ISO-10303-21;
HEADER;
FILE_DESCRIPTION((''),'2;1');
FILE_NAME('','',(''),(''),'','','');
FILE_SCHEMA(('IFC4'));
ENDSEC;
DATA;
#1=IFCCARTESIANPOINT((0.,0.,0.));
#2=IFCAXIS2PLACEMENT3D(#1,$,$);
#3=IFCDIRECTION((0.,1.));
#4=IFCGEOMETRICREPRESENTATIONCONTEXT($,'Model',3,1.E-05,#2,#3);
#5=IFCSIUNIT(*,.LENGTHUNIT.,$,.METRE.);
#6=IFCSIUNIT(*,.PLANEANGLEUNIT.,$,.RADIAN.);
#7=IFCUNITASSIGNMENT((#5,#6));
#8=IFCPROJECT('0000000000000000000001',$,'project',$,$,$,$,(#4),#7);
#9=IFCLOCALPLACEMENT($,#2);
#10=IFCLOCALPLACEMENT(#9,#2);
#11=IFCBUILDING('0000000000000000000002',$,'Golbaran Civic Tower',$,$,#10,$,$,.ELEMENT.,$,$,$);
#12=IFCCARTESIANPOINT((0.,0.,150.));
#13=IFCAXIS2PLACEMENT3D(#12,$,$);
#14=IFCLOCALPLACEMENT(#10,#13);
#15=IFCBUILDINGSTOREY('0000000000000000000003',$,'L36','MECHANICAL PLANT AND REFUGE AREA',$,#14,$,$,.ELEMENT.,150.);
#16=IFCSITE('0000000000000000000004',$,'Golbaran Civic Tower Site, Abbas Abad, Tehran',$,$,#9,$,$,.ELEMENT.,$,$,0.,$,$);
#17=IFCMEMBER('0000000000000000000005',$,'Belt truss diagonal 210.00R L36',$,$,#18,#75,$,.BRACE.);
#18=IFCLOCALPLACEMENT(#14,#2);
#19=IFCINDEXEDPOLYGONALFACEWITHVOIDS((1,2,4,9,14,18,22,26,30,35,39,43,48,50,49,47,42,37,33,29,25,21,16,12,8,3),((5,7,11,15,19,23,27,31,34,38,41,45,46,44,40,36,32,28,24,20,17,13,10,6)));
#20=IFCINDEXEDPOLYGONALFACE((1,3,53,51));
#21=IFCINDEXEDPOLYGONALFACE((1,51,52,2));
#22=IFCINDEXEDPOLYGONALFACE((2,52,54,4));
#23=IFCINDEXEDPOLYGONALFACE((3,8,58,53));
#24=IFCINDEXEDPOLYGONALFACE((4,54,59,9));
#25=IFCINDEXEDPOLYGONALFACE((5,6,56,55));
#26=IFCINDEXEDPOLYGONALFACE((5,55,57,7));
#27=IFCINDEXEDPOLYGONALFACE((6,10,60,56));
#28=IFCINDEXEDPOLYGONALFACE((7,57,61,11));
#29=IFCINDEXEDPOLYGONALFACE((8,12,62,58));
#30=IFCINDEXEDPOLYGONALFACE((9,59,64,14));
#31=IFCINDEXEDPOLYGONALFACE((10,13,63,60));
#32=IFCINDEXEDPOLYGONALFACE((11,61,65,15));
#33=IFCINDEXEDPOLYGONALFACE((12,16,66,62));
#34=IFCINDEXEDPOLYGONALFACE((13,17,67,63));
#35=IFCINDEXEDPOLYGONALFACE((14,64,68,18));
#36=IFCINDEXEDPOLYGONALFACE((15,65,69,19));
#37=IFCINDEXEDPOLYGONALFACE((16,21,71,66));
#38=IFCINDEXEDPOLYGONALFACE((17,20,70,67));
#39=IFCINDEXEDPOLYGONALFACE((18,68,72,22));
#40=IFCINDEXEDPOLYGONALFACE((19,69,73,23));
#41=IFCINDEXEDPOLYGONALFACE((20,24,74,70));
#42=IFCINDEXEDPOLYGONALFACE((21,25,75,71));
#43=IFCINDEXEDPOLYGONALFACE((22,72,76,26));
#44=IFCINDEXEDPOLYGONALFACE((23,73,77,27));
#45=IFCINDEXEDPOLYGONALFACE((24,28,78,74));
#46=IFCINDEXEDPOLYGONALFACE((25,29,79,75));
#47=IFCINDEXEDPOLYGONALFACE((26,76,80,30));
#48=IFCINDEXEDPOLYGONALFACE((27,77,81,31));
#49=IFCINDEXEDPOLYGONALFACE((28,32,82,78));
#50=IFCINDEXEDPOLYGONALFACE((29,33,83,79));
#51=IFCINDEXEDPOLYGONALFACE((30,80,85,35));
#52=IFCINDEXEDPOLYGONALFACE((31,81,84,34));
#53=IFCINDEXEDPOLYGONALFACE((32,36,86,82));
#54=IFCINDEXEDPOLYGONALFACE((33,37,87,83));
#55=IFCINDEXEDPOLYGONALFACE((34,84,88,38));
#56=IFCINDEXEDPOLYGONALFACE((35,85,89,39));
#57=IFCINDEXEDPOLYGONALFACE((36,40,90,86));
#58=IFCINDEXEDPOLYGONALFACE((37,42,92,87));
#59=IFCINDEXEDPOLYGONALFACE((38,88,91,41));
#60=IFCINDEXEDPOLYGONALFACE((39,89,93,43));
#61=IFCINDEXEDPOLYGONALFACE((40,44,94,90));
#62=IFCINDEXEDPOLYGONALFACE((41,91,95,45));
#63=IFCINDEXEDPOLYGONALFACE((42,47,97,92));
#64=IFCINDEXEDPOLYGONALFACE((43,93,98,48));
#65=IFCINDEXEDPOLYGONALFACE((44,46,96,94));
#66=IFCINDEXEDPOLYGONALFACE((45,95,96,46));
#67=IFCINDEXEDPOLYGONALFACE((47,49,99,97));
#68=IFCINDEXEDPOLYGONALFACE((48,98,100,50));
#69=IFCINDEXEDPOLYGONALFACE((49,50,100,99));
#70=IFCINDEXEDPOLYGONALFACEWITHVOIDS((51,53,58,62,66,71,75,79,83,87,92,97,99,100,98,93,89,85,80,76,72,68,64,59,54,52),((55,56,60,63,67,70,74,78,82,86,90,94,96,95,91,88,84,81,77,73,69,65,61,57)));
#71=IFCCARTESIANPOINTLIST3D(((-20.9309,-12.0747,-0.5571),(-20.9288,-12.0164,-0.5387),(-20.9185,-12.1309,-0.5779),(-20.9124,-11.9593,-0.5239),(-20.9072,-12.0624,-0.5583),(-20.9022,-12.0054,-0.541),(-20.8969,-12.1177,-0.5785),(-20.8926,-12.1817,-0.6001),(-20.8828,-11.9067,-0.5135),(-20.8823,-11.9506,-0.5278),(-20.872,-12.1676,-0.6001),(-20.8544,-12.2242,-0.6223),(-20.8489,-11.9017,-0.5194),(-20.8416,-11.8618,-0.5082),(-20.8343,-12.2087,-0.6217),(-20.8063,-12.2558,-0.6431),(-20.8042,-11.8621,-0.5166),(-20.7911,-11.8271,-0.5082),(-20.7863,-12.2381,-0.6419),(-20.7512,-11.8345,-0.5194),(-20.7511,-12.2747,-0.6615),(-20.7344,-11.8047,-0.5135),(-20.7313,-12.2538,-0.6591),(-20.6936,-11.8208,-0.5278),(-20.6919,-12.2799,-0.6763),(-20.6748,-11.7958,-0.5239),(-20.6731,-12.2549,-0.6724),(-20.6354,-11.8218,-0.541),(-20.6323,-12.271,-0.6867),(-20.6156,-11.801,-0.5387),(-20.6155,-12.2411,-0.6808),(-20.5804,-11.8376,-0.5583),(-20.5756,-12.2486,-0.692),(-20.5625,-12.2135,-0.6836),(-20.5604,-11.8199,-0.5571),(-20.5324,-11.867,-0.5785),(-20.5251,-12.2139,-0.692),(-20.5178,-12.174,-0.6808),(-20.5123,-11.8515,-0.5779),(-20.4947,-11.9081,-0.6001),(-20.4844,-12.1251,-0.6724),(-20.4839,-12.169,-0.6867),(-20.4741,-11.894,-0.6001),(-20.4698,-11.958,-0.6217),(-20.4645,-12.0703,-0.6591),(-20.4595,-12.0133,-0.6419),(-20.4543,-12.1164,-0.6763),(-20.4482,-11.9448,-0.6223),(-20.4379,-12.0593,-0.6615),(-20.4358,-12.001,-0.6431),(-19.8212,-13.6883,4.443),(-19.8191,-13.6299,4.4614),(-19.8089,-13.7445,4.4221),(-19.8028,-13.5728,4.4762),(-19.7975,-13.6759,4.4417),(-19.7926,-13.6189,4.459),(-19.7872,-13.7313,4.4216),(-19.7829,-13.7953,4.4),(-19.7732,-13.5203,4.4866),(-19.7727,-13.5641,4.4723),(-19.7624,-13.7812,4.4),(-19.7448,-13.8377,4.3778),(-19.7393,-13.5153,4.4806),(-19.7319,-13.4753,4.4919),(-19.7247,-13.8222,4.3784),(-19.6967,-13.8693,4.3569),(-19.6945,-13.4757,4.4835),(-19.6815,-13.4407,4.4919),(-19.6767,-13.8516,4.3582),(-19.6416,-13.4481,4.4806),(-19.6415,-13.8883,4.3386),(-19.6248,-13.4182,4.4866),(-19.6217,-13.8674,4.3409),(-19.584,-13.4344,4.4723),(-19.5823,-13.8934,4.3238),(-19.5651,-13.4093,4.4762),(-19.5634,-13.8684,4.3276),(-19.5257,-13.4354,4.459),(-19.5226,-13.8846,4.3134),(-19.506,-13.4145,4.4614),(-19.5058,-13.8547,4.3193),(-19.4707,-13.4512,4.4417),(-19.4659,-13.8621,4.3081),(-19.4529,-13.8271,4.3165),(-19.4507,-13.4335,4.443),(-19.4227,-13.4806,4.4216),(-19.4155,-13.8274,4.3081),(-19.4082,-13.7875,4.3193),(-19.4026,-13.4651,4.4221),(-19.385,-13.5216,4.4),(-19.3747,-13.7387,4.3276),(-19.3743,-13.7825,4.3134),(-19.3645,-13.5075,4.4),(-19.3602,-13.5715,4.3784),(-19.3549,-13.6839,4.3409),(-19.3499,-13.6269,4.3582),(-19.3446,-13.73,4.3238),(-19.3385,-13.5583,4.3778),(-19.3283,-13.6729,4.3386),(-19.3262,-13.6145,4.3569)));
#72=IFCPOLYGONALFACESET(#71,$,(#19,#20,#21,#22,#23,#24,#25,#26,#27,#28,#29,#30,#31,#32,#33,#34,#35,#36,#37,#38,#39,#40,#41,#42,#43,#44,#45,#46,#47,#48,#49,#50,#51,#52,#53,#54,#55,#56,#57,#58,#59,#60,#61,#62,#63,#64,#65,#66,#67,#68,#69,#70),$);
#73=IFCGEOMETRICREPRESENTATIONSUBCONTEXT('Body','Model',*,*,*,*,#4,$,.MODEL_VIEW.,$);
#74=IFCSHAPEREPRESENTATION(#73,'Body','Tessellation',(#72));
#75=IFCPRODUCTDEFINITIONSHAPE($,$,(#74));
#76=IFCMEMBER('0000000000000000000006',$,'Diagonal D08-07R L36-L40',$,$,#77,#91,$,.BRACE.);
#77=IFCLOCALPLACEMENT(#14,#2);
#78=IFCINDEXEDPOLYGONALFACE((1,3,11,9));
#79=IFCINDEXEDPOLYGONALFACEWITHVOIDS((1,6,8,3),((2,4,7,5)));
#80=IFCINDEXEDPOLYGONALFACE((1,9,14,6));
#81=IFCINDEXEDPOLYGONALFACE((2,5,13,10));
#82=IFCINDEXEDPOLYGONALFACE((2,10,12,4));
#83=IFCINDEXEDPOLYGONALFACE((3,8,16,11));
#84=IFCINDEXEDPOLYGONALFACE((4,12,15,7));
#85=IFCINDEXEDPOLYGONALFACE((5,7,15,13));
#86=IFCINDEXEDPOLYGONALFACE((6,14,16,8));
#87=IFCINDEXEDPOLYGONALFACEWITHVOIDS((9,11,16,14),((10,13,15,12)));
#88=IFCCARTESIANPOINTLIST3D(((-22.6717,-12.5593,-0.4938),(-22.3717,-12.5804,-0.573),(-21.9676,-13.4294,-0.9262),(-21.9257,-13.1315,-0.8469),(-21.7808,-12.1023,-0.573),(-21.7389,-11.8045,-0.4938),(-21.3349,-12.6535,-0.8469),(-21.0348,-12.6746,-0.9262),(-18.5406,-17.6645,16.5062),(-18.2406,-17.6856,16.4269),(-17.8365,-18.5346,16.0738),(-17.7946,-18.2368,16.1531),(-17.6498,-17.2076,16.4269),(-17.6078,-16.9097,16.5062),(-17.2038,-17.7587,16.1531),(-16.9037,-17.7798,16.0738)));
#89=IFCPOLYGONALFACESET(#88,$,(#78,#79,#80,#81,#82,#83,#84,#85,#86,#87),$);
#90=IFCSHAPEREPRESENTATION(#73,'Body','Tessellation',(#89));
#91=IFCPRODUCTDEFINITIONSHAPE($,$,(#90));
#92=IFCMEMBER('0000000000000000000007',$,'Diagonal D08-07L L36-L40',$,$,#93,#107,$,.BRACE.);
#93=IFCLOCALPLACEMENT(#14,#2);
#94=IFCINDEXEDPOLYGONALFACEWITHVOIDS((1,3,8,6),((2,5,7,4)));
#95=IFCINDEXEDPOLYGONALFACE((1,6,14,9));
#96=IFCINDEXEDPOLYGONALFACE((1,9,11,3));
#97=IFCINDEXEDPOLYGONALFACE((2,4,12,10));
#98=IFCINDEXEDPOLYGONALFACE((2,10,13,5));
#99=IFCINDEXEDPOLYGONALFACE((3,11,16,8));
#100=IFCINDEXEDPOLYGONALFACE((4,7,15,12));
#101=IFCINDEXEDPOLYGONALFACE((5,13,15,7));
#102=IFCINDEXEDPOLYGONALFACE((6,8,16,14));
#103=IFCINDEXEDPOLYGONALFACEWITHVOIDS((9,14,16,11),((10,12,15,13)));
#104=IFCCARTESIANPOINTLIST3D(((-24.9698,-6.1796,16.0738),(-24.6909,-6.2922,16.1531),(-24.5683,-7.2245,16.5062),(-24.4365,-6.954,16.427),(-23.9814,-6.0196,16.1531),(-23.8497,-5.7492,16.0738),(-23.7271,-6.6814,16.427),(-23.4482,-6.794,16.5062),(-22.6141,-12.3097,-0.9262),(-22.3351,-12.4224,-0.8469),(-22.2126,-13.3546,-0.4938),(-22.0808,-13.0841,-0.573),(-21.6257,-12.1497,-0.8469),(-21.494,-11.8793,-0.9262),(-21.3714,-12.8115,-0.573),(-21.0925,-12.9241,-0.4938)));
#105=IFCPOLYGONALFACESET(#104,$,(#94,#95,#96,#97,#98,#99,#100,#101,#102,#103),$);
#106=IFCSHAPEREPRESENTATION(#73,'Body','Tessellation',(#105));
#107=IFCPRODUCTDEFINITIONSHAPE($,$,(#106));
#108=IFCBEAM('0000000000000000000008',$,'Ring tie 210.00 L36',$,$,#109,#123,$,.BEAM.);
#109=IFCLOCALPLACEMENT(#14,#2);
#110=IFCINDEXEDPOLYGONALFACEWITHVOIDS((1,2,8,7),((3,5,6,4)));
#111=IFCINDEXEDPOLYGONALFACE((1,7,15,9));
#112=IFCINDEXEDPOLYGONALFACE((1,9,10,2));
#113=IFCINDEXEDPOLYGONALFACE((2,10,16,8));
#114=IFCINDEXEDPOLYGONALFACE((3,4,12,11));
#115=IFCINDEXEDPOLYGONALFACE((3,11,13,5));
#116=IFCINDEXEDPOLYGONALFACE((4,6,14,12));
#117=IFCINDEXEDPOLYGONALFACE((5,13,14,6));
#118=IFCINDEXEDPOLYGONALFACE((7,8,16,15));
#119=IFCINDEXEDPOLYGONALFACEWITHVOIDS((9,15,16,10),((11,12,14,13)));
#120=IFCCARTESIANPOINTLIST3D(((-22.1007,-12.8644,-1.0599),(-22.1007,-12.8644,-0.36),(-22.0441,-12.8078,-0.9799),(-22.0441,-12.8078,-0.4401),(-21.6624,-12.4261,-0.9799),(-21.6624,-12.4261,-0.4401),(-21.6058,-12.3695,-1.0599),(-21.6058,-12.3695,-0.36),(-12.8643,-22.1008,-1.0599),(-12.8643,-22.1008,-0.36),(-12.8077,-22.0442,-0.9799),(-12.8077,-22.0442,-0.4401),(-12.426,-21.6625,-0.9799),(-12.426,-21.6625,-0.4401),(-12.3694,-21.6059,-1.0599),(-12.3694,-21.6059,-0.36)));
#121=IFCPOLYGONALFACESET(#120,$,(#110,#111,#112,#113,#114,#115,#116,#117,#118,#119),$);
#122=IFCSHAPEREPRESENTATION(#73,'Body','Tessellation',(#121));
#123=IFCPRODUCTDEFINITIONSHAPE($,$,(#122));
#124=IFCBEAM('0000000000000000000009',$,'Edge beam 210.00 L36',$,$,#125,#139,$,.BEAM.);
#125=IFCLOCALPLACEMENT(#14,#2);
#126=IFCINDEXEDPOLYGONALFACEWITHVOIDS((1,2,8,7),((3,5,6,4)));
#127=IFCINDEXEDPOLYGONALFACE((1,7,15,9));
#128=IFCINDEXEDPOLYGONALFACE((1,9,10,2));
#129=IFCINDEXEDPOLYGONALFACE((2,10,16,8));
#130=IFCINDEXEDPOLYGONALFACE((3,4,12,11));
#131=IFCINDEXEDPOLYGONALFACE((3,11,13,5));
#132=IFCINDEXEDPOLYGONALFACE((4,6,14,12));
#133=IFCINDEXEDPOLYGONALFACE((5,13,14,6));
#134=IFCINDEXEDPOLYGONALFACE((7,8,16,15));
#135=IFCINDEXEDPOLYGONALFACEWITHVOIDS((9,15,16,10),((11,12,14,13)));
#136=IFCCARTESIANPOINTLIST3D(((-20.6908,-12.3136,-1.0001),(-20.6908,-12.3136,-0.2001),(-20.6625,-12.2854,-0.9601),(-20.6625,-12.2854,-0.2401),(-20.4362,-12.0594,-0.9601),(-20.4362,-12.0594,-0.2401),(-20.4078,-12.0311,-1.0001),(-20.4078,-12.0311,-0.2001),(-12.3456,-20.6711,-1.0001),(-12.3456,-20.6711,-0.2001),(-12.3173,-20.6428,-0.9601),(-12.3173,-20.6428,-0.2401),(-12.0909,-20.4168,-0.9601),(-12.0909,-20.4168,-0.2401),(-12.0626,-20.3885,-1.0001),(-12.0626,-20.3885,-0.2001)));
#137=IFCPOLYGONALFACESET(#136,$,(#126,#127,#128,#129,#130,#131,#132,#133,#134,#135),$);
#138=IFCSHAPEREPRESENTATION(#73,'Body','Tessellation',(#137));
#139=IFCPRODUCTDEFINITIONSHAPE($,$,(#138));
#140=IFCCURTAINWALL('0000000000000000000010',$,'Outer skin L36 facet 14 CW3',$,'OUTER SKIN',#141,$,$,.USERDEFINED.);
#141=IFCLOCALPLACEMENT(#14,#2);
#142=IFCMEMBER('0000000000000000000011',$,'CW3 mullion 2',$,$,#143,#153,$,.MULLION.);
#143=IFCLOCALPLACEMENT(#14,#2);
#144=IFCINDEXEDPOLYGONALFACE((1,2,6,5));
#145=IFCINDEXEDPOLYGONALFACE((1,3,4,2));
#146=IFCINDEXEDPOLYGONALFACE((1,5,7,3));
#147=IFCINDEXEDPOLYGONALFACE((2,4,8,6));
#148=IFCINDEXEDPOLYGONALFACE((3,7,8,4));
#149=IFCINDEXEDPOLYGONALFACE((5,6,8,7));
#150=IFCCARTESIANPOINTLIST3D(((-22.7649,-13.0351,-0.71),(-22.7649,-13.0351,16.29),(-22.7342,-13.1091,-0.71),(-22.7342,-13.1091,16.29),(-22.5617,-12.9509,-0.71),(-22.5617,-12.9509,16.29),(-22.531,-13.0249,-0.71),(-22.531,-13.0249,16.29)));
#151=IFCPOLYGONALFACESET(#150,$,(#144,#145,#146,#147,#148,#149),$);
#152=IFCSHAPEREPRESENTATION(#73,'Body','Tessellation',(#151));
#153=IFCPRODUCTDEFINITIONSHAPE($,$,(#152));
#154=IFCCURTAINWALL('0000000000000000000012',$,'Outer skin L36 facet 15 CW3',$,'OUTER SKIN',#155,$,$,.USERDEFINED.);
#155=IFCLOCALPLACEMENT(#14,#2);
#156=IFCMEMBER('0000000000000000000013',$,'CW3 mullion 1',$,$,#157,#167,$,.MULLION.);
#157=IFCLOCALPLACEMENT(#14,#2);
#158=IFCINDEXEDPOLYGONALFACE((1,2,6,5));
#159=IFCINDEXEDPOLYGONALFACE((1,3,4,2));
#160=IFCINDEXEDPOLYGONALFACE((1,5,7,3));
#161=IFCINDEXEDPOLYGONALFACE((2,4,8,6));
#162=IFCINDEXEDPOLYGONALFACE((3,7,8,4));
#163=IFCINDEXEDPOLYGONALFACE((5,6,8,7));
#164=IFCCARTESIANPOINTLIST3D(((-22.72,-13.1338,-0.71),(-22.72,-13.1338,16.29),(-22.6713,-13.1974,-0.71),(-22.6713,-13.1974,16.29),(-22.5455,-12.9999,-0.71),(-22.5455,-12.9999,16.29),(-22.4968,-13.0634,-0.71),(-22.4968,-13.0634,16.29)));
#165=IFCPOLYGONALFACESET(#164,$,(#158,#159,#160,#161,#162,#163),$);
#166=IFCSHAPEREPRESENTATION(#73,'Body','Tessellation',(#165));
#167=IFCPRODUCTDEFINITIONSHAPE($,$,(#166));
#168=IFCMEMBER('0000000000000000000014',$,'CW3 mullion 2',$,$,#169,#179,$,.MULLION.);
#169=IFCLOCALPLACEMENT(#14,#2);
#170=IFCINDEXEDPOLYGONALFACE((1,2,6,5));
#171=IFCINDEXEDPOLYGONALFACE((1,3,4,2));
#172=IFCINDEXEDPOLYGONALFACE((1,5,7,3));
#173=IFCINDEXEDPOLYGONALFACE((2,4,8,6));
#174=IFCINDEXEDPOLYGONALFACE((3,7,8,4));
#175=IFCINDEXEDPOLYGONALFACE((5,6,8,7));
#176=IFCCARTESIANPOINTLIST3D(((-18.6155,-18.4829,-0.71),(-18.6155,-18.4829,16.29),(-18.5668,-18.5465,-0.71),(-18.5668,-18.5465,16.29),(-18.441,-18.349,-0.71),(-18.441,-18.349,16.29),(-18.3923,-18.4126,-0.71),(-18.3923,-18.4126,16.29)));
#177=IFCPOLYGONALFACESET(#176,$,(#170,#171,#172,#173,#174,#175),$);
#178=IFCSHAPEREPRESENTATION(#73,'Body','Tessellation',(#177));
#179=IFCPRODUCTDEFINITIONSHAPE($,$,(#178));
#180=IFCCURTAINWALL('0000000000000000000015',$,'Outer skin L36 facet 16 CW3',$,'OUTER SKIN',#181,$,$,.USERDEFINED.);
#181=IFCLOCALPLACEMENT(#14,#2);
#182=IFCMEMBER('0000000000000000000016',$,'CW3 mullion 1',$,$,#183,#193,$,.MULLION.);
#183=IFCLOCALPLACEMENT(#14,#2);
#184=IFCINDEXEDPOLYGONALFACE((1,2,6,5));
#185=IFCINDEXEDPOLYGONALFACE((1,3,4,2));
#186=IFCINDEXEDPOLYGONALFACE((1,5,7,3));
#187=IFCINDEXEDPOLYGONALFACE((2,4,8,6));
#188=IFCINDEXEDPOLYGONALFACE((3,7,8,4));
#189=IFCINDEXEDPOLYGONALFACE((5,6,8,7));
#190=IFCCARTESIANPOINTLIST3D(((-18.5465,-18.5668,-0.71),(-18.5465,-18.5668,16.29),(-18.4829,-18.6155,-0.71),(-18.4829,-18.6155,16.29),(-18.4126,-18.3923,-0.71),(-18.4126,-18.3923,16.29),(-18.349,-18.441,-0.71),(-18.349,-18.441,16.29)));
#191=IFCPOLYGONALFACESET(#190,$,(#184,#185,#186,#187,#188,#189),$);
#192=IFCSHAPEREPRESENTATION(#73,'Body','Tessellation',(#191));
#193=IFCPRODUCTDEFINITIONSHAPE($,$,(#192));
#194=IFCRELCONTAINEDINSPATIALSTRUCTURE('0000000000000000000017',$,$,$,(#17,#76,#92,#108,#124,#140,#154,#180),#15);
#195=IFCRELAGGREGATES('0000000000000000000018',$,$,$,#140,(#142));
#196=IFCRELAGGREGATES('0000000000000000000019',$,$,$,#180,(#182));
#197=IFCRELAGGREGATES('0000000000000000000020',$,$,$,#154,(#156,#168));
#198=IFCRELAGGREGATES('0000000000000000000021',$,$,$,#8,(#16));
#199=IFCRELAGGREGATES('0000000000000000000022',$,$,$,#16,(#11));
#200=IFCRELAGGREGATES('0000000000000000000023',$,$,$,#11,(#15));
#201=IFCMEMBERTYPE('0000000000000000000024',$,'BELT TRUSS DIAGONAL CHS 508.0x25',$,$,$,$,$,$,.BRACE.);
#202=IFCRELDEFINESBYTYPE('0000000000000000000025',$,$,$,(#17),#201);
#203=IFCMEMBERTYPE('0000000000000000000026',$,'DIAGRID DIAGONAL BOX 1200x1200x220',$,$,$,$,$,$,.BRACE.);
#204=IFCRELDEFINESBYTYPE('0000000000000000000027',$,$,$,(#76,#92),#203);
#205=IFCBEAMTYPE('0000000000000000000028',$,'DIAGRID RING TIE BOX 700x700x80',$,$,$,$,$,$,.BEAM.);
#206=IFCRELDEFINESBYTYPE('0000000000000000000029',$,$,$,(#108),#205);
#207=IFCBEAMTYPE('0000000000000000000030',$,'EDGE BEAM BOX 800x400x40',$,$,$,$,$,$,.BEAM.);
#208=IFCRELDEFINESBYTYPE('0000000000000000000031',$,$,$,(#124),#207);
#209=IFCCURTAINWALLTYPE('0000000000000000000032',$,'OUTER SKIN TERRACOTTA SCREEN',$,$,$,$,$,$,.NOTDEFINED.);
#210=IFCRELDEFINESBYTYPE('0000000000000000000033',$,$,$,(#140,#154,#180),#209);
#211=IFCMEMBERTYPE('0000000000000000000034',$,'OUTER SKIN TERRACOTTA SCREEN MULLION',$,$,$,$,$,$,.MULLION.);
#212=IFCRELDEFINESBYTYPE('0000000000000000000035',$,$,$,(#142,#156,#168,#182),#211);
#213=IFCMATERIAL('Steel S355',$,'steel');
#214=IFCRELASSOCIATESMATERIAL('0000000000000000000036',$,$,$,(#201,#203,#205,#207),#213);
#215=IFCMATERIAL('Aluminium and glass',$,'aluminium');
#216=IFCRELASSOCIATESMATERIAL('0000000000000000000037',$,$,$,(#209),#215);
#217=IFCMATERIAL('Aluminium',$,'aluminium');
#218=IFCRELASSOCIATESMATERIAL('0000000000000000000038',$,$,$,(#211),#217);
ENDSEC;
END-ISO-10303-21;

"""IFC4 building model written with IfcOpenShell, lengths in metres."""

from ifc_helpers import new_model, si_unit, direction, frame, origin, origin_2d, place, context, subcontext, project, spatial, rectangle, hollow_rectangle, hollow_circle, extrude, material, material_profile, profile_set, type_object, element, aggregate, save


model = new_model("IFC4")

# Units and contexts
model_context = context("Model", 3, precision=1e-05, world=origin(), true_north=direction((0.0, 1.0)))
body_context = subcontext(model_context, "Body", "Model", "MODEL_VIEW")
ifc_project = project(units=[si_unit("LENGTHUNIT", "METRE"), si_unit("PLANEANGLEUNIT", "RADIAN")], contexts=[model_context])

# Site, building, storey
site_placement = place(None, origin())
site = spatial("IfcSite", under=ifc_project, at=site_placement, Name="Golbaran Civic Tower Site, Abbas Abad, Tehran", CompositionType="ELEMENT", RefElevation=0.0)
building_placement = place(site_placement, origin())
building = spatial("IfcBuilding", under=site, at=building_placement, Name="Golbaran Civic Tower", CompositionType="ELEMENT")
storey_placement = place(building_placement, frame((0.0, 0.0, 150.0)))
storey = spatial("IfcBuildingStorey", under=building, at=storey_placement, Name="L36", Description="MECHANICAL PLANT AND REFUGE AREA", CompositionType="ELEMENT", Elevation=150.0)

# Members
ifc_material_1 = material(Name="Steel S355", Category="steel")
ifc_material_profile_1 = material_profile(ifc_material_1, hollow_circle(Radius=0.2539, WallThickness=0.0249, at=origin_2d()), Name="CHS 508.0x25")
ifc_profile_set_1 = profile_set([ifc_material_profile_1], Name="Steel S355")
member_type_1 = type_object("IfcMemberType", Name="BELT TRUSS DIAGONAL CHS 508.0x25", PredefinedType="BRACE", material=ifc_profile_set_1)
member_1_placement = place(storey_placement, frame((-20.6833, -12.0378, -0.6001), z_axis=(0.206641, -0.300482, 0.931134), x_axis=(0.823966, 0.56664, 0.0)))
element("IfcMember", 1, at=member_1_placement, inside=storey, type_object=member_type_1, Name="Belt truss diagonal 210.00R L36", PredefinedType="BRACE", context=body_context, shape_type="SweptSolid", body=[
    extrude(hollow_circle(Radius=0.2539, WallThickness=0.0249, at=origin_2d()), origin(), (0.0, 0.0, 1.0), 5.3699),
])
ifc_material_profile_2 = material_profile(ifc_material_1, hollow_rectangle(XDim=1.2, YDim=1.2, WallThickness=0.22, at=origin_2d()), Name="BOX 1200x1200x220")
ifc_profile_set_2 = profile_set([ifc_material_profile_2], Name="Steel S355")
member_type_2 = type_object("IfcMemberType", Name="DIAGRID DIAGONAL BOX 1200x1200x220", PredefinedType="BRACE", material=ifc_profile_set_2)
for number, where, z_axis, x_axis, name in (
    (2, (-21.8533, -12.6169, -0.71), (0.22668, -0.280131, 0.932815), (0.777371, 0.629042, 0.0), "Diagonal D08-07R L36-L40"),
    (3, (-21.8533, -12.6169, -0.71), (-0.129262, 0.33637, 0.932817), (-0.933449, -0.35871, 0.0), "Diagonal D08-07L L36-L40"),
):
    element("IfcMember", number, at=place(storey_placement, frame(where, z_axis=z_axis, x_axis=x_axis)), inside=storey, type_object=member_type_2, Name=name, PredefinedType="BRACE", context=body_context, shape_type="SweptSolid", body=[
        extrude(hollow_rectangle(XDim=1.2, YDim=1.2, WallThickness=0.22, at=origin_2d()), origin(), (0.0, 0.0, 1.0), 18.2244),
    ])

# Beams
ifc_material_profile_3 = material_profile(ifc_material_1, hollow_rectangle(XDim=0.7, YDim=0.7, WallThickness=0.0801, at=origin_2d()), Name="BOX 700x700x80")
ifc_profile_set_3 = profile_set([ifc_material_profile_3], Name="Steel S355")
beam_type_1 = type_object("IfcBeamType", Name="DIAGRID RING TIE BOX 700x700x80", PredefinedType="BEAM", material=ifc_profile_set_3)
beam_1_placement = place(storey_placement, frame((-21.8533, -12.6169, -0.71), z_axis=(0.707107, -0.707107, 0.0), x_axis=(0.707107, 0.707107, 0.0)))
element("IfcBeam", 4, at=beam_1_placement, inside=storey, type_object=beam_type_1, Name="Ring tie 210.00 L36", PredefinedType="BEAM", context=body_context, shape_type="SweptSolid", body=[
    extrude(hollow_rectangle(XDim=0.7, YDim=0.7, WallThickness=0.0801, at=origin_2d()), origin(), (0.0, 0.0, 1.0), 13.0623),
])
ifc_material_profile_4 = material_profile(ifc_material_1, hollow_rectangle(XDim=0.3999, YDim=0.8, WallThickness=0.04, at=origin_2d()), Name="BOX 800x400x40")
ifc_profile_set_4 = profile_set([ifc_material_profile_4], Name="Steel S355")
beam_type_2 = type_object("IfcBeamType", Name="EDGE BEAM BOX 800x400x40", PredefinedType="BEAM", material=ifc_profile_set_4)
beam_2_placement = place(storey_placement, frame((-20.5493, -12.1724, -0.6001), z_axis=(0.70659, -0.707623, 0.0), x_axis=(0.707623, 0.70659, 0.0)))
element("IfcBeam", 5, at=beam_2_placement, inside=storey, type_object=beam_type_2, Name="Edge beam 210.00 L36", PredefinedType="BEAM", context=body_context, shape_type="SweptSolid", body=[
    extrude(hollow_rectangle(XDim=0.3999, YDim=0.8, WallThickness=0.04, at=origin_2d()), origin(), (0.0, 0.0, 1.0), 11.8105),
])

# Curtain wall, member
ifc_material_2 = material(Name="Aluminium and glass", Category="aluminium")
curtain_wall_type_1 = type_object("IfcCurtainWallType", Name="OUTER SKIN TERRACOTTA SCREEN", PredefinedType="NOTDEFINED", material=ifc_material_2)
curtain_wall_1_placement = place(storey_placement, origin())
curtain_wall_1 = element("IfcCurtainWall", 6, at=curtain_wall_1_placement, inside=storey, type_object=curtain_wall_type_1, Name="Outer skin L36 facet 14 CW3", ObjectType="OUTER SKIN", PredefinedType="USERDEFINED")
ifc_material_3 = material(Name="Aluminium", Category="aluminium")
ifc_material_profile_5 = material_profile(ifc_material_3, rectangle(XDim=0.22, YDim=0.0801, at=origin_2d()), Name="OUTER SKIN TERRACOTTA SCREEN MULLION")
ifc_profile_set_5 = profile_set([ifc_material_profile_5], Name="Aluminium")
member_type_3 = type_object("IfcMemberType", Name="OUTER SKIN TERRACOTTA SCREEN MULLION", PredefinedType="MULLION", material=ifc_profile_set_5)
member_2_placement = place(storey_placement, frame((-22.6479, -13.03, -0.71), z_axis=(0.0, 0.0, 1.0), x_axis=(0.92388, 0.382683, 0.0)))
member_2 = element("IfcMember", 7, at=member_2_placement, type_object=member_type_3, Name="CW3 mullion 2", PredefinedType="MULLION", context=body_context, shape_type="SweptSolid", body=[
    extrude(rectangle(XDim=0.22, YDim=0.0801, at=origin_2d()), origin(), (0.0, 0.0, 1.0), 17.0),
])

# Curtain wall, members
curtain_wall_2_placement = place(storey_placement, origin())
curtain_wall_2 = element("IfcCurtainWall", 8, at=curtain_wall_2_placement, inside=storey, type_object=curtain_wall_type_1, Name="Outer skin L36 facet 15 CW3", ObjectType="OUTER SKIN", PredefinedType="USERDEFINED")
member_3_placement = place(storey_placement, frame((-22.6084, -13.0986, -0.71), z_axis=(0.0, 0.0, 1.0), x_axis=(0.793353, 0.608761, 0.0)))
member_3 = element("IfcMember", 9, at=member_3_placement, type_object=member_type_3, Name="CW3 mullion 1", PredefinedType="MULLION", context=body_context, shape_type="SweptSolid", body=[
    extrude(rectangle(XDim=0.22, YDim=0.0801, at=origin_2d()), origin(), (0.0, 0.0, 1.0), 17.0),
])
member_4_placement = place(storey_placement, frame((-18.5039, -18.4478, -0.71), z_axis=(0.0, 0.0, 1.0), x_axis=(0.793353, 0.608761, 0.0)))
member_4 = element("IfcMember", 10, at=member_4_placement, type_object=member_type_3, Name="CW3 mullion 2", PredefinedType="MULLION", context=body_context, shape_type="SweptSolid", body=[
    extrude(rectangle(XDim=0.22, YDim=0.0801, at=origin_2d()), origin(), (0.0, 0.0, 1.0), 17.0),
])

# Curtain wall, member
curtain_wall_3_placement = place(storey_placement, origin())
curtain_wall_3 = element("IfcCurtainWall", 11, at=curtain_wall_3_placement, inside=storey, type_object=curtain_wall_type_1, Name="Outer skin L36 facet 16 CW3", ObjectType="OUTER SKIN", PredefinedType="USERDEFINED")
member_5_placement = place(storey_placement, frame((-18.4478, -18.5039, -0.71), z_axis=(0.0, 0.0, 1.0), x_axis=(0.608761, 0.793353, 0.0)))
member_5 = element("IfcMember", 12, at=member_5_placement, type_object=member_type_3, Name="CW3 mullion 1", PredefinedType="MULLION", context=body_context, shape_type="SweptSolid", body=[
    extrude(rectangle(XDim=0.22, YDim=0.0801, at=origin_2d()), origin(), (0.0, 0.0, 1.0), 17.0),
])

aggregate(curtain_wall_1, [member_2])
aggregate(curtain_wall_3, [member_5])
aggregate(curtain_wall_2, [member_3, member_4])

save(model, "model.ifc")
